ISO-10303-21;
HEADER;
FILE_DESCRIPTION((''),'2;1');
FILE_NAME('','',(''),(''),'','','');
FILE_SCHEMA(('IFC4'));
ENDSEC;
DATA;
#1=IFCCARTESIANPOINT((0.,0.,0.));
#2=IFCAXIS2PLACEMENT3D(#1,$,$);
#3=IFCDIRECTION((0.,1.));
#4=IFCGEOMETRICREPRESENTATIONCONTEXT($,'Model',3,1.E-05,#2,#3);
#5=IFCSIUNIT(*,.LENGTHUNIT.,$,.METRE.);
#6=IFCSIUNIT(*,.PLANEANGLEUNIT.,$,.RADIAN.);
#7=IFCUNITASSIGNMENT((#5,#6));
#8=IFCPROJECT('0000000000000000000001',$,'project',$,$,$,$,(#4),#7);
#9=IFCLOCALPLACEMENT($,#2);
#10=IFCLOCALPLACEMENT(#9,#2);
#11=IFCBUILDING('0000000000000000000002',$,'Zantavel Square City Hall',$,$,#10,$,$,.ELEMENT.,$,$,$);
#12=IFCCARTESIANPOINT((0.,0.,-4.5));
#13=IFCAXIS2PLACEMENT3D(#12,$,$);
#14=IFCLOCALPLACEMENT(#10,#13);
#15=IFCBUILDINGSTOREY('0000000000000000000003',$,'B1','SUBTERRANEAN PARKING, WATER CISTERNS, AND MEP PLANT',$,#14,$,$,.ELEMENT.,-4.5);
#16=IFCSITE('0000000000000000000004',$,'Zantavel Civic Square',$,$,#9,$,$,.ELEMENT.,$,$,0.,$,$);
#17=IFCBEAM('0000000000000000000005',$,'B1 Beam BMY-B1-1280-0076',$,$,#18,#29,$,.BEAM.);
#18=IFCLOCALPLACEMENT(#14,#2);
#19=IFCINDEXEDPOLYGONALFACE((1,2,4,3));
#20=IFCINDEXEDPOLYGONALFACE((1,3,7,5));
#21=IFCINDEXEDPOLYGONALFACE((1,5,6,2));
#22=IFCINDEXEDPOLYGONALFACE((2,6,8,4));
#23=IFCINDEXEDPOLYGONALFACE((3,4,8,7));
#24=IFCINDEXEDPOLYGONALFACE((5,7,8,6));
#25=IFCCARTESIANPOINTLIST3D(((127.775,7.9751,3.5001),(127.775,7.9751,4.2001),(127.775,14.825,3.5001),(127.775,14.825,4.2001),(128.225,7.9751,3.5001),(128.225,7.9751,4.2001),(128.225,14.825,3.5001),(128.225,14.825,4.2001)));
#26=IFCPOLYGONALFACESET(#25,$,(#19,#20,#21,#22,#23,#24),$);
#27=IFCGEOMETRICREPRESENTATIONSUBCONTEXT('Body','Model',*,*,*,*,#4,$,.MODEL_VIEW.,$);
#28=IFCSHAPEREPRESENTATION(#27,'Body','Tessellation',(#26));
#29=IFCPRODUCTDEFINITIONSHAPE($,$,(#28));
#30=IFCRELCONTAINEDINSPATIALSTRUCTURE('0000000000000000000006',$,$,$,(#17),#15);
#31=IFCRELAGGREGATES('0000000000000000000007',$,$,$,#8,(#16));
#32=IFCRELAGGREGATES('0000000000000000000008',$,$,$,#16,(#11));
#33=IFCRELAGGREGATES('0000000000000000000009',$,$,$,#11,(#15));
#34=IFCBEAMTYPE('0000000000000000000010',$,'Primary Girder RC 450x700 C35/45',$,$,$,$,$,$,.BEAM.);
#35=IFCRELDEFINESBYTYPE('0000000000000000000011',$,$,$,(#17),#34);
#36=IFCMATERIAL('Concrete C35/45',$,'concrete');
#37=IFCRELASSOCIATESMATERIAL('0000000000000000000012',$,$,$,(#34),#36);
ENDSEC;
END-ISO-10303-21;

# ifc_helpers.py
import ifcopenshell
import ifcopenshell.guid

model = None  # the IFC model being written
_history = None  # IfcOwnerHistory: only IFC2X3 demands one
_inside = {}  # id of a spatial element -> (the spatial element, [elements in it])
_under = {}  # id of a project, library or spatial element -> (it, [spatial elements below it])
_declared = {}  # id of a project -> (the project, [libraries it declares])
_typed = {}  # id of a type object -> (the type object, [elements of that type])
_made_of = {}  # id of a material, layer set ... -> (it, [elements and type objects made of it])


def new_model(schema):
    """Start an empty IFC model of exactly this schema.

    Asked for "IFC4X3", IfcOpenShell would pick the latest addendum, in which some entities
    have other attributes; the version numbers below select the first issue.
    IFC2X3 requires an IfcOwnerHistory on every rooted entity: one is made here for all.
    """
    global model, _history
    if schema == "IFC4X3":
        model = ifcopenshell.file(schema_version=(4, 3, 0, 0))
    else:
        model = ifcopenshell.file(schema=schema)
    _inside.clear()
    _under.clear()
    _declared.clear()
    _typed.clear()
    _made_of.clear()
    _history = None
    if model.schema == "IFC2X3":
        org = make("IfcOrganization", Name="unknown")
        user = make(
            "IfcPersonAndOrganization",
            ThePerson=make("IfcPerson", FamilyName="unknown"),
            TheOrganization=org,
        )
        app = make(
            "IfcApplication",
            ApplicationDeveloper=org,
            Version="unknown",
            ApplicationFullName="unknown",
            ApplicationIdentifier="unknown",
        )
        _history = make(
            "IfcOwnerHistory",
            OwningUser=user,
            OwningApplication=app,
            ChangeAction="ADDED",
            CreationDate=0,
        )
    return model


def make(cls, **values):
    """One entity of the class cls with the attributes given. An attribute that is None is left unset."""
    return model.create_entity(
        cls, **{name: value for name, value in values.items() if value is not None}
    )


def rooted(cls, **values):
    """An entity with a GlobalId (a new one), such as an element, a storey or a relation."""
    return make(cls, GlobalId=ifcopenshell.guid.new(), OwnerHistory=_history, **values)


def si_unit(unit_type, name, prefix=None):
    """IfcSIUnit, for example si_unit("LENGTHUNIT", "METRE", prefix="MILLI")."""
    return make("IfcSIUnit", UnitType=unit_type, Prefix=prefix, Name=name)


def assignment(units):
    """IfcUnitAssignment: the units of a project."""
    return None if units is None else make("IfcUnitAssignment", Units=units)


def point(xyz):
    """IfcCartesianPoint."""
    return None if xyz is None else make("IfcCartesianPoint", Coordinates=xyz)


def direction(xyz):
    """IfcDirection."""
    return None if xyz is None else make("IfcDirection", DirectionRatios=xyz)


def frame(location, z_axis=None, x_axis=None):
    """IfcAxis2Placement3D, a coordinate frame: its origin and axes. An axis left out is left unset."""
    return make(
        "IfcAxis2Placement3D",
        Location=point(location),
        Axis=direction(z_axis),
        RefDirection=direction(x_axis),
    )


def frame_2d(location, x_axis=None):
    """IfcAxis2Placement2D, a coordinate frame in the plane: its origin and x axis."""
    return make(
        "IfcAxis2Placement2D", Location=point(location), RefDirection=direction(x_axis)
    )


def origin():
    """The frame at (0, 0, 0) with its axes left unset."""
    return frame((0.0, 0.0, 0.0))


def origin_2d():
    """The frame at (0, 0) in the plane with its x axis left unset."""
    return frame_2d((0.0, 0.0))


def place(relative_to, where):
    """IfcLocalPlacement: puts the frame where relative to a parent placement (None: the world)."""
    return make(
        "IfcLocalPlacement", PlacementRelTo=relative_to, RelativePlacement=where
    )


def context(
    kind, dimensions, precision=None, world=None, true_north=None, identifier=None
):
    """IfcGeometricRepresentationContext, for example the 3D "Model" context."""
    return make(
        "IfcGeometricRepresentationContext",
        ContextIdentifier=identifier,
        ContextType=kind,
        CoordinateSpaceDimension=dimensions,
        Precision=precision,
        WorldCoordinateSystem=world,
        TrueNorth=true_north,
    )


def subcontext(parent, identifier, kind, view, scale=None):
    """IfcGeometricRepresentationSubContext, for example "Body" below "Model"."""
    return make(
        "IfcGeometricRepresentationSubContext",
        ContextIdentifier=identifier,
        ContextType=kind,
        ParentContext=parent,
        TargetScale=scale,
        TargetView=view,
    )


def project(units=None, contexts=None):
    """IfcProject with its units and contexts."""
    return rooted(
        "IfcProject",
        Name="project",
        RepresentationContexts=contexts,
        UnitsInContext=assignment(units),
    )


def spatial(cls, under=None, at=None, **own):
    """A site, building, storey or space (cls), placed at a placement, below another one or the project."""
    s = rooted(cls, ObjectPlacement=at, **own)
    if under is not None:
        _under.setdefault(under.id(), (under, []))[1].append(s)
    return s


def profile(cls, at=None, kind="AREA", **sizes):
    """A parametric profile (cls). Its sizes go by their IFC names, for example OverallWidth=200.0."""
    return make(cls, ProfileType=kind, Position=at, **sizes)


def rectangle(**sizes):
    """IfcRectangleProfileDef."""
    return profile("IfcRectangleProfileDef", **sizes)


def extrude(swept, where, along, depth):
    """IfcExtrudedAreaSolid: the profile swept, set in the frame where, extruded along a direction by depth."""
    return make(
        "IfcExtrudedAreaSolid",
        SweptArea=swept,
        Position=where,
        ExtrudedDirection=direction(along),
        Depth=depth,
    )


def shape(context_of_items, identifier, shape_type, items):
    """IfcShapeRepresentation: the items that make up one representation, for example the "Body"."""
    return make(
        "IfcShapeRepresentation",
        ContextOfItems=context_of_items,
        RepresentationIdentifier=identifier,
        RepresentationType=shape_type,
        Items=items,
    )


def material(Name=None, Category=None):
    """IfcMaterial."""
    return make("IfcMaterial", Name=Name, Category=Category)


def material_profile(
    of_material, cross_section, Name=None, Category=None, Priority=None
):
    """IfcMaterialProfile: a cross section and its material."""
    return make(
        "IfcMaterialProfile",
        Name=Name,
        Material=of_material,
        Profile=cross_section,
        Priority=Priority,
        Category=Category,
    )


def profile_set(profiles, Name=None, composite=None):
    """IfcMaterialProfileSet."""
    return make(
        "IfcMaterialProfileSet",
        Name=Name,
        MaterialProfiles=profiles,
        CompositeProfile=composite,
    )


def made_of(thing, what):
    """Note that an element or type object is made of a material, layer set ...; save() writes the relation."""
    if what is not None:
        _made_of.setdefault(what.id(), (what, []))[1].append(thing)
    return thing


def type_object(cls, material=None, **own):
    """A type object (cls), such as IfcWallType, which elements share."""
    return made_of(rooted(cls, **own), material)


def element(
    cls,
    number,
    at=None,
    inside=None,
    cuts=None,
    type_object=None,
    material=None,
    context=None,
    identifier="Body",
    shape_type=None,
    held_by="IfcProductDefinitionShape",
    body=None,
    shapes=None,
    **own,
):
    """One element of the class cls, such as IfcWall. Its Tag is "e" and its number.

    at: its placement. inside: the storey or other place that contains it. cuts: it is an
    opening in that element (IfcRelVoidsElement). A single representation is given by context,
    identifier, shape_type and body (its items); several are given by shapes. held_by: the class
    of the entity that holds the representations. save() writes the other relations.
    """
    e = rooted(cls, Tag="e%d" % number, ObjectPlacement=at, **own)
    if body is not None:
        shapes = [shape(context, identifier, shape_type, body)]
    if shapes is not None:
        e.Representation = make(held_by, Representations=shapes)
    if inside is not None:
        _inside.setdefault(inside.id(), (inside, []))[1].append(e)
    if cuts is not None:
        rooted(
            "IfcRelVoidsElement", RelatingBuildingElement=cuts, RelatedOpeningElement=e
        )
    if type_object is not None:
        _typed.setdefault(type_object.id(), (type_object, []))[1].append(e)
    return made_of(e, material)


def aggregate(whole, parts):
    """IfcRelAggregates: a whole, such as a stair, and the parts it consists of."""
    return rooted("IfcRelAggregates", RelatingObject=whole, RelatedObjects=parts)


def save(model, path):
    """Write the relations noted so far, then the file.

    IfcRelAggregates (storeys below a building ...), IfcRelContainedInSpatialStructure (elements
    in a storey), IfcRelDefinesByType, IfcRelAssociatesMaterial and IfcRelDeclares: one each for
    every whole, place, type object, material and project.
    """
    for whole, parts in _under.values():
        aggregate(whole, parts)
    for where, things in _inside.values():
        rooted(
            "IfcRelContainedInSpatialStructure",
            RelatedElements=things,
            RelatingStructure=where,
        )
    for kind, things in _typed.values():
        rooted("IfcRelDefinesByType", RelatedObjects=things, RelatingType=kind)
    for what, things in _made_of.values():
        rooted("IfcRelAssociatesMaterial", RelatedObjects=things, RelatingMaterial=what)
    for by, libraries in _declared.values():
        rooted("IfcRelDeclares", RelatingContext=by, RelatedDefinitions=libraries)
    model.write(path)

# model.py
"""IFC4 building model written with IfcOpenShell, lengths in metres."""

from ifc_helpers import new_model, si_unit, direction, frame, origin, origin_2d, place, context, subcontext, project, spatial, rectangle, extrude, material, material_profile, profile_set, type_object, element, save


model = new_model("IFC4")

# Units and contexts
model_context = context("Model", 3, precision=1e-05, world=origin(), true_north=direction((0.0, 1.0)))
body_context = subcontext(model_context, "Body", "Model", "MODEL_VIEW")
ifc_project = project(units=[si_unit("LENGTHUNIT", "METRE"), si_unit("PLANEANGLEUNIT", "RADIAN")], contexts=[model_context])

# Site, building, storey
site_placement = place(None, origin())
site = spatial("IfcSite", under=ifc_project, at=site_placement, Name="Zantavel Civic Square", CompositionType="ELEMENT", RefElevation=0.0)
building_placement = place(site_placement, origin())
building = spatial("IfcBuilding", under=site, at=building_placement, Name="Zantavel Square City Hall", CompositionType="ELEMENT")
storey_placement = place(building_placement, frame((0.0, 0.0, -4.5)))
storey = spatial("IfcBuildingStorey", under=building, at=storey_placement, Name="B1", Description="SUBTERRANEAN PARKING, WATER CISTERNS, AND MEP PLANT", CompositionType="ELEMENT", Elevation=-4.5)

# Shared definitions
ifc_material_1 = material(Name="Concrete C35/45", Category="concrete")

# Beam
ifc_material_profile_1 = material_profile(ifc_material_1, rectangle(XDim=0.45, YDim=0.7, at=origin_2d()), Name="RC 450x700")
ifc_profile_set_1 = profile_set([ifc_material_profile_1], Name="Concrete C35/45")
beam_type_1 = type_object("IfcBeamType", Name="Primary Girder RC 450x700 C35/45", PredefinedType="BEAM", material=ifc_profile_set_1)
beam_1_placement = place(storey_placement, frame((128.0, 7.9751, 3.8501), z_axis=(0.0, 1.0, 0.0), x_axis=(-1.0, 0.0, 0.0)))
element("IfcBeam", 1, at=beam_1_placement, inside=storey, type_object=beam_type_1, Name="B1 Beam BMY-B1-1280-0076", PredefinedType="BEAM", context=body_context, shape_type="SweptSolid", body=[
    extrude(rectangle(XDim=0.45, YDim=0.7, at=origin_2d()), origin(), (0.0, 0.0, 1.0), 6.8499),
])

save(model, "model.ifc")
